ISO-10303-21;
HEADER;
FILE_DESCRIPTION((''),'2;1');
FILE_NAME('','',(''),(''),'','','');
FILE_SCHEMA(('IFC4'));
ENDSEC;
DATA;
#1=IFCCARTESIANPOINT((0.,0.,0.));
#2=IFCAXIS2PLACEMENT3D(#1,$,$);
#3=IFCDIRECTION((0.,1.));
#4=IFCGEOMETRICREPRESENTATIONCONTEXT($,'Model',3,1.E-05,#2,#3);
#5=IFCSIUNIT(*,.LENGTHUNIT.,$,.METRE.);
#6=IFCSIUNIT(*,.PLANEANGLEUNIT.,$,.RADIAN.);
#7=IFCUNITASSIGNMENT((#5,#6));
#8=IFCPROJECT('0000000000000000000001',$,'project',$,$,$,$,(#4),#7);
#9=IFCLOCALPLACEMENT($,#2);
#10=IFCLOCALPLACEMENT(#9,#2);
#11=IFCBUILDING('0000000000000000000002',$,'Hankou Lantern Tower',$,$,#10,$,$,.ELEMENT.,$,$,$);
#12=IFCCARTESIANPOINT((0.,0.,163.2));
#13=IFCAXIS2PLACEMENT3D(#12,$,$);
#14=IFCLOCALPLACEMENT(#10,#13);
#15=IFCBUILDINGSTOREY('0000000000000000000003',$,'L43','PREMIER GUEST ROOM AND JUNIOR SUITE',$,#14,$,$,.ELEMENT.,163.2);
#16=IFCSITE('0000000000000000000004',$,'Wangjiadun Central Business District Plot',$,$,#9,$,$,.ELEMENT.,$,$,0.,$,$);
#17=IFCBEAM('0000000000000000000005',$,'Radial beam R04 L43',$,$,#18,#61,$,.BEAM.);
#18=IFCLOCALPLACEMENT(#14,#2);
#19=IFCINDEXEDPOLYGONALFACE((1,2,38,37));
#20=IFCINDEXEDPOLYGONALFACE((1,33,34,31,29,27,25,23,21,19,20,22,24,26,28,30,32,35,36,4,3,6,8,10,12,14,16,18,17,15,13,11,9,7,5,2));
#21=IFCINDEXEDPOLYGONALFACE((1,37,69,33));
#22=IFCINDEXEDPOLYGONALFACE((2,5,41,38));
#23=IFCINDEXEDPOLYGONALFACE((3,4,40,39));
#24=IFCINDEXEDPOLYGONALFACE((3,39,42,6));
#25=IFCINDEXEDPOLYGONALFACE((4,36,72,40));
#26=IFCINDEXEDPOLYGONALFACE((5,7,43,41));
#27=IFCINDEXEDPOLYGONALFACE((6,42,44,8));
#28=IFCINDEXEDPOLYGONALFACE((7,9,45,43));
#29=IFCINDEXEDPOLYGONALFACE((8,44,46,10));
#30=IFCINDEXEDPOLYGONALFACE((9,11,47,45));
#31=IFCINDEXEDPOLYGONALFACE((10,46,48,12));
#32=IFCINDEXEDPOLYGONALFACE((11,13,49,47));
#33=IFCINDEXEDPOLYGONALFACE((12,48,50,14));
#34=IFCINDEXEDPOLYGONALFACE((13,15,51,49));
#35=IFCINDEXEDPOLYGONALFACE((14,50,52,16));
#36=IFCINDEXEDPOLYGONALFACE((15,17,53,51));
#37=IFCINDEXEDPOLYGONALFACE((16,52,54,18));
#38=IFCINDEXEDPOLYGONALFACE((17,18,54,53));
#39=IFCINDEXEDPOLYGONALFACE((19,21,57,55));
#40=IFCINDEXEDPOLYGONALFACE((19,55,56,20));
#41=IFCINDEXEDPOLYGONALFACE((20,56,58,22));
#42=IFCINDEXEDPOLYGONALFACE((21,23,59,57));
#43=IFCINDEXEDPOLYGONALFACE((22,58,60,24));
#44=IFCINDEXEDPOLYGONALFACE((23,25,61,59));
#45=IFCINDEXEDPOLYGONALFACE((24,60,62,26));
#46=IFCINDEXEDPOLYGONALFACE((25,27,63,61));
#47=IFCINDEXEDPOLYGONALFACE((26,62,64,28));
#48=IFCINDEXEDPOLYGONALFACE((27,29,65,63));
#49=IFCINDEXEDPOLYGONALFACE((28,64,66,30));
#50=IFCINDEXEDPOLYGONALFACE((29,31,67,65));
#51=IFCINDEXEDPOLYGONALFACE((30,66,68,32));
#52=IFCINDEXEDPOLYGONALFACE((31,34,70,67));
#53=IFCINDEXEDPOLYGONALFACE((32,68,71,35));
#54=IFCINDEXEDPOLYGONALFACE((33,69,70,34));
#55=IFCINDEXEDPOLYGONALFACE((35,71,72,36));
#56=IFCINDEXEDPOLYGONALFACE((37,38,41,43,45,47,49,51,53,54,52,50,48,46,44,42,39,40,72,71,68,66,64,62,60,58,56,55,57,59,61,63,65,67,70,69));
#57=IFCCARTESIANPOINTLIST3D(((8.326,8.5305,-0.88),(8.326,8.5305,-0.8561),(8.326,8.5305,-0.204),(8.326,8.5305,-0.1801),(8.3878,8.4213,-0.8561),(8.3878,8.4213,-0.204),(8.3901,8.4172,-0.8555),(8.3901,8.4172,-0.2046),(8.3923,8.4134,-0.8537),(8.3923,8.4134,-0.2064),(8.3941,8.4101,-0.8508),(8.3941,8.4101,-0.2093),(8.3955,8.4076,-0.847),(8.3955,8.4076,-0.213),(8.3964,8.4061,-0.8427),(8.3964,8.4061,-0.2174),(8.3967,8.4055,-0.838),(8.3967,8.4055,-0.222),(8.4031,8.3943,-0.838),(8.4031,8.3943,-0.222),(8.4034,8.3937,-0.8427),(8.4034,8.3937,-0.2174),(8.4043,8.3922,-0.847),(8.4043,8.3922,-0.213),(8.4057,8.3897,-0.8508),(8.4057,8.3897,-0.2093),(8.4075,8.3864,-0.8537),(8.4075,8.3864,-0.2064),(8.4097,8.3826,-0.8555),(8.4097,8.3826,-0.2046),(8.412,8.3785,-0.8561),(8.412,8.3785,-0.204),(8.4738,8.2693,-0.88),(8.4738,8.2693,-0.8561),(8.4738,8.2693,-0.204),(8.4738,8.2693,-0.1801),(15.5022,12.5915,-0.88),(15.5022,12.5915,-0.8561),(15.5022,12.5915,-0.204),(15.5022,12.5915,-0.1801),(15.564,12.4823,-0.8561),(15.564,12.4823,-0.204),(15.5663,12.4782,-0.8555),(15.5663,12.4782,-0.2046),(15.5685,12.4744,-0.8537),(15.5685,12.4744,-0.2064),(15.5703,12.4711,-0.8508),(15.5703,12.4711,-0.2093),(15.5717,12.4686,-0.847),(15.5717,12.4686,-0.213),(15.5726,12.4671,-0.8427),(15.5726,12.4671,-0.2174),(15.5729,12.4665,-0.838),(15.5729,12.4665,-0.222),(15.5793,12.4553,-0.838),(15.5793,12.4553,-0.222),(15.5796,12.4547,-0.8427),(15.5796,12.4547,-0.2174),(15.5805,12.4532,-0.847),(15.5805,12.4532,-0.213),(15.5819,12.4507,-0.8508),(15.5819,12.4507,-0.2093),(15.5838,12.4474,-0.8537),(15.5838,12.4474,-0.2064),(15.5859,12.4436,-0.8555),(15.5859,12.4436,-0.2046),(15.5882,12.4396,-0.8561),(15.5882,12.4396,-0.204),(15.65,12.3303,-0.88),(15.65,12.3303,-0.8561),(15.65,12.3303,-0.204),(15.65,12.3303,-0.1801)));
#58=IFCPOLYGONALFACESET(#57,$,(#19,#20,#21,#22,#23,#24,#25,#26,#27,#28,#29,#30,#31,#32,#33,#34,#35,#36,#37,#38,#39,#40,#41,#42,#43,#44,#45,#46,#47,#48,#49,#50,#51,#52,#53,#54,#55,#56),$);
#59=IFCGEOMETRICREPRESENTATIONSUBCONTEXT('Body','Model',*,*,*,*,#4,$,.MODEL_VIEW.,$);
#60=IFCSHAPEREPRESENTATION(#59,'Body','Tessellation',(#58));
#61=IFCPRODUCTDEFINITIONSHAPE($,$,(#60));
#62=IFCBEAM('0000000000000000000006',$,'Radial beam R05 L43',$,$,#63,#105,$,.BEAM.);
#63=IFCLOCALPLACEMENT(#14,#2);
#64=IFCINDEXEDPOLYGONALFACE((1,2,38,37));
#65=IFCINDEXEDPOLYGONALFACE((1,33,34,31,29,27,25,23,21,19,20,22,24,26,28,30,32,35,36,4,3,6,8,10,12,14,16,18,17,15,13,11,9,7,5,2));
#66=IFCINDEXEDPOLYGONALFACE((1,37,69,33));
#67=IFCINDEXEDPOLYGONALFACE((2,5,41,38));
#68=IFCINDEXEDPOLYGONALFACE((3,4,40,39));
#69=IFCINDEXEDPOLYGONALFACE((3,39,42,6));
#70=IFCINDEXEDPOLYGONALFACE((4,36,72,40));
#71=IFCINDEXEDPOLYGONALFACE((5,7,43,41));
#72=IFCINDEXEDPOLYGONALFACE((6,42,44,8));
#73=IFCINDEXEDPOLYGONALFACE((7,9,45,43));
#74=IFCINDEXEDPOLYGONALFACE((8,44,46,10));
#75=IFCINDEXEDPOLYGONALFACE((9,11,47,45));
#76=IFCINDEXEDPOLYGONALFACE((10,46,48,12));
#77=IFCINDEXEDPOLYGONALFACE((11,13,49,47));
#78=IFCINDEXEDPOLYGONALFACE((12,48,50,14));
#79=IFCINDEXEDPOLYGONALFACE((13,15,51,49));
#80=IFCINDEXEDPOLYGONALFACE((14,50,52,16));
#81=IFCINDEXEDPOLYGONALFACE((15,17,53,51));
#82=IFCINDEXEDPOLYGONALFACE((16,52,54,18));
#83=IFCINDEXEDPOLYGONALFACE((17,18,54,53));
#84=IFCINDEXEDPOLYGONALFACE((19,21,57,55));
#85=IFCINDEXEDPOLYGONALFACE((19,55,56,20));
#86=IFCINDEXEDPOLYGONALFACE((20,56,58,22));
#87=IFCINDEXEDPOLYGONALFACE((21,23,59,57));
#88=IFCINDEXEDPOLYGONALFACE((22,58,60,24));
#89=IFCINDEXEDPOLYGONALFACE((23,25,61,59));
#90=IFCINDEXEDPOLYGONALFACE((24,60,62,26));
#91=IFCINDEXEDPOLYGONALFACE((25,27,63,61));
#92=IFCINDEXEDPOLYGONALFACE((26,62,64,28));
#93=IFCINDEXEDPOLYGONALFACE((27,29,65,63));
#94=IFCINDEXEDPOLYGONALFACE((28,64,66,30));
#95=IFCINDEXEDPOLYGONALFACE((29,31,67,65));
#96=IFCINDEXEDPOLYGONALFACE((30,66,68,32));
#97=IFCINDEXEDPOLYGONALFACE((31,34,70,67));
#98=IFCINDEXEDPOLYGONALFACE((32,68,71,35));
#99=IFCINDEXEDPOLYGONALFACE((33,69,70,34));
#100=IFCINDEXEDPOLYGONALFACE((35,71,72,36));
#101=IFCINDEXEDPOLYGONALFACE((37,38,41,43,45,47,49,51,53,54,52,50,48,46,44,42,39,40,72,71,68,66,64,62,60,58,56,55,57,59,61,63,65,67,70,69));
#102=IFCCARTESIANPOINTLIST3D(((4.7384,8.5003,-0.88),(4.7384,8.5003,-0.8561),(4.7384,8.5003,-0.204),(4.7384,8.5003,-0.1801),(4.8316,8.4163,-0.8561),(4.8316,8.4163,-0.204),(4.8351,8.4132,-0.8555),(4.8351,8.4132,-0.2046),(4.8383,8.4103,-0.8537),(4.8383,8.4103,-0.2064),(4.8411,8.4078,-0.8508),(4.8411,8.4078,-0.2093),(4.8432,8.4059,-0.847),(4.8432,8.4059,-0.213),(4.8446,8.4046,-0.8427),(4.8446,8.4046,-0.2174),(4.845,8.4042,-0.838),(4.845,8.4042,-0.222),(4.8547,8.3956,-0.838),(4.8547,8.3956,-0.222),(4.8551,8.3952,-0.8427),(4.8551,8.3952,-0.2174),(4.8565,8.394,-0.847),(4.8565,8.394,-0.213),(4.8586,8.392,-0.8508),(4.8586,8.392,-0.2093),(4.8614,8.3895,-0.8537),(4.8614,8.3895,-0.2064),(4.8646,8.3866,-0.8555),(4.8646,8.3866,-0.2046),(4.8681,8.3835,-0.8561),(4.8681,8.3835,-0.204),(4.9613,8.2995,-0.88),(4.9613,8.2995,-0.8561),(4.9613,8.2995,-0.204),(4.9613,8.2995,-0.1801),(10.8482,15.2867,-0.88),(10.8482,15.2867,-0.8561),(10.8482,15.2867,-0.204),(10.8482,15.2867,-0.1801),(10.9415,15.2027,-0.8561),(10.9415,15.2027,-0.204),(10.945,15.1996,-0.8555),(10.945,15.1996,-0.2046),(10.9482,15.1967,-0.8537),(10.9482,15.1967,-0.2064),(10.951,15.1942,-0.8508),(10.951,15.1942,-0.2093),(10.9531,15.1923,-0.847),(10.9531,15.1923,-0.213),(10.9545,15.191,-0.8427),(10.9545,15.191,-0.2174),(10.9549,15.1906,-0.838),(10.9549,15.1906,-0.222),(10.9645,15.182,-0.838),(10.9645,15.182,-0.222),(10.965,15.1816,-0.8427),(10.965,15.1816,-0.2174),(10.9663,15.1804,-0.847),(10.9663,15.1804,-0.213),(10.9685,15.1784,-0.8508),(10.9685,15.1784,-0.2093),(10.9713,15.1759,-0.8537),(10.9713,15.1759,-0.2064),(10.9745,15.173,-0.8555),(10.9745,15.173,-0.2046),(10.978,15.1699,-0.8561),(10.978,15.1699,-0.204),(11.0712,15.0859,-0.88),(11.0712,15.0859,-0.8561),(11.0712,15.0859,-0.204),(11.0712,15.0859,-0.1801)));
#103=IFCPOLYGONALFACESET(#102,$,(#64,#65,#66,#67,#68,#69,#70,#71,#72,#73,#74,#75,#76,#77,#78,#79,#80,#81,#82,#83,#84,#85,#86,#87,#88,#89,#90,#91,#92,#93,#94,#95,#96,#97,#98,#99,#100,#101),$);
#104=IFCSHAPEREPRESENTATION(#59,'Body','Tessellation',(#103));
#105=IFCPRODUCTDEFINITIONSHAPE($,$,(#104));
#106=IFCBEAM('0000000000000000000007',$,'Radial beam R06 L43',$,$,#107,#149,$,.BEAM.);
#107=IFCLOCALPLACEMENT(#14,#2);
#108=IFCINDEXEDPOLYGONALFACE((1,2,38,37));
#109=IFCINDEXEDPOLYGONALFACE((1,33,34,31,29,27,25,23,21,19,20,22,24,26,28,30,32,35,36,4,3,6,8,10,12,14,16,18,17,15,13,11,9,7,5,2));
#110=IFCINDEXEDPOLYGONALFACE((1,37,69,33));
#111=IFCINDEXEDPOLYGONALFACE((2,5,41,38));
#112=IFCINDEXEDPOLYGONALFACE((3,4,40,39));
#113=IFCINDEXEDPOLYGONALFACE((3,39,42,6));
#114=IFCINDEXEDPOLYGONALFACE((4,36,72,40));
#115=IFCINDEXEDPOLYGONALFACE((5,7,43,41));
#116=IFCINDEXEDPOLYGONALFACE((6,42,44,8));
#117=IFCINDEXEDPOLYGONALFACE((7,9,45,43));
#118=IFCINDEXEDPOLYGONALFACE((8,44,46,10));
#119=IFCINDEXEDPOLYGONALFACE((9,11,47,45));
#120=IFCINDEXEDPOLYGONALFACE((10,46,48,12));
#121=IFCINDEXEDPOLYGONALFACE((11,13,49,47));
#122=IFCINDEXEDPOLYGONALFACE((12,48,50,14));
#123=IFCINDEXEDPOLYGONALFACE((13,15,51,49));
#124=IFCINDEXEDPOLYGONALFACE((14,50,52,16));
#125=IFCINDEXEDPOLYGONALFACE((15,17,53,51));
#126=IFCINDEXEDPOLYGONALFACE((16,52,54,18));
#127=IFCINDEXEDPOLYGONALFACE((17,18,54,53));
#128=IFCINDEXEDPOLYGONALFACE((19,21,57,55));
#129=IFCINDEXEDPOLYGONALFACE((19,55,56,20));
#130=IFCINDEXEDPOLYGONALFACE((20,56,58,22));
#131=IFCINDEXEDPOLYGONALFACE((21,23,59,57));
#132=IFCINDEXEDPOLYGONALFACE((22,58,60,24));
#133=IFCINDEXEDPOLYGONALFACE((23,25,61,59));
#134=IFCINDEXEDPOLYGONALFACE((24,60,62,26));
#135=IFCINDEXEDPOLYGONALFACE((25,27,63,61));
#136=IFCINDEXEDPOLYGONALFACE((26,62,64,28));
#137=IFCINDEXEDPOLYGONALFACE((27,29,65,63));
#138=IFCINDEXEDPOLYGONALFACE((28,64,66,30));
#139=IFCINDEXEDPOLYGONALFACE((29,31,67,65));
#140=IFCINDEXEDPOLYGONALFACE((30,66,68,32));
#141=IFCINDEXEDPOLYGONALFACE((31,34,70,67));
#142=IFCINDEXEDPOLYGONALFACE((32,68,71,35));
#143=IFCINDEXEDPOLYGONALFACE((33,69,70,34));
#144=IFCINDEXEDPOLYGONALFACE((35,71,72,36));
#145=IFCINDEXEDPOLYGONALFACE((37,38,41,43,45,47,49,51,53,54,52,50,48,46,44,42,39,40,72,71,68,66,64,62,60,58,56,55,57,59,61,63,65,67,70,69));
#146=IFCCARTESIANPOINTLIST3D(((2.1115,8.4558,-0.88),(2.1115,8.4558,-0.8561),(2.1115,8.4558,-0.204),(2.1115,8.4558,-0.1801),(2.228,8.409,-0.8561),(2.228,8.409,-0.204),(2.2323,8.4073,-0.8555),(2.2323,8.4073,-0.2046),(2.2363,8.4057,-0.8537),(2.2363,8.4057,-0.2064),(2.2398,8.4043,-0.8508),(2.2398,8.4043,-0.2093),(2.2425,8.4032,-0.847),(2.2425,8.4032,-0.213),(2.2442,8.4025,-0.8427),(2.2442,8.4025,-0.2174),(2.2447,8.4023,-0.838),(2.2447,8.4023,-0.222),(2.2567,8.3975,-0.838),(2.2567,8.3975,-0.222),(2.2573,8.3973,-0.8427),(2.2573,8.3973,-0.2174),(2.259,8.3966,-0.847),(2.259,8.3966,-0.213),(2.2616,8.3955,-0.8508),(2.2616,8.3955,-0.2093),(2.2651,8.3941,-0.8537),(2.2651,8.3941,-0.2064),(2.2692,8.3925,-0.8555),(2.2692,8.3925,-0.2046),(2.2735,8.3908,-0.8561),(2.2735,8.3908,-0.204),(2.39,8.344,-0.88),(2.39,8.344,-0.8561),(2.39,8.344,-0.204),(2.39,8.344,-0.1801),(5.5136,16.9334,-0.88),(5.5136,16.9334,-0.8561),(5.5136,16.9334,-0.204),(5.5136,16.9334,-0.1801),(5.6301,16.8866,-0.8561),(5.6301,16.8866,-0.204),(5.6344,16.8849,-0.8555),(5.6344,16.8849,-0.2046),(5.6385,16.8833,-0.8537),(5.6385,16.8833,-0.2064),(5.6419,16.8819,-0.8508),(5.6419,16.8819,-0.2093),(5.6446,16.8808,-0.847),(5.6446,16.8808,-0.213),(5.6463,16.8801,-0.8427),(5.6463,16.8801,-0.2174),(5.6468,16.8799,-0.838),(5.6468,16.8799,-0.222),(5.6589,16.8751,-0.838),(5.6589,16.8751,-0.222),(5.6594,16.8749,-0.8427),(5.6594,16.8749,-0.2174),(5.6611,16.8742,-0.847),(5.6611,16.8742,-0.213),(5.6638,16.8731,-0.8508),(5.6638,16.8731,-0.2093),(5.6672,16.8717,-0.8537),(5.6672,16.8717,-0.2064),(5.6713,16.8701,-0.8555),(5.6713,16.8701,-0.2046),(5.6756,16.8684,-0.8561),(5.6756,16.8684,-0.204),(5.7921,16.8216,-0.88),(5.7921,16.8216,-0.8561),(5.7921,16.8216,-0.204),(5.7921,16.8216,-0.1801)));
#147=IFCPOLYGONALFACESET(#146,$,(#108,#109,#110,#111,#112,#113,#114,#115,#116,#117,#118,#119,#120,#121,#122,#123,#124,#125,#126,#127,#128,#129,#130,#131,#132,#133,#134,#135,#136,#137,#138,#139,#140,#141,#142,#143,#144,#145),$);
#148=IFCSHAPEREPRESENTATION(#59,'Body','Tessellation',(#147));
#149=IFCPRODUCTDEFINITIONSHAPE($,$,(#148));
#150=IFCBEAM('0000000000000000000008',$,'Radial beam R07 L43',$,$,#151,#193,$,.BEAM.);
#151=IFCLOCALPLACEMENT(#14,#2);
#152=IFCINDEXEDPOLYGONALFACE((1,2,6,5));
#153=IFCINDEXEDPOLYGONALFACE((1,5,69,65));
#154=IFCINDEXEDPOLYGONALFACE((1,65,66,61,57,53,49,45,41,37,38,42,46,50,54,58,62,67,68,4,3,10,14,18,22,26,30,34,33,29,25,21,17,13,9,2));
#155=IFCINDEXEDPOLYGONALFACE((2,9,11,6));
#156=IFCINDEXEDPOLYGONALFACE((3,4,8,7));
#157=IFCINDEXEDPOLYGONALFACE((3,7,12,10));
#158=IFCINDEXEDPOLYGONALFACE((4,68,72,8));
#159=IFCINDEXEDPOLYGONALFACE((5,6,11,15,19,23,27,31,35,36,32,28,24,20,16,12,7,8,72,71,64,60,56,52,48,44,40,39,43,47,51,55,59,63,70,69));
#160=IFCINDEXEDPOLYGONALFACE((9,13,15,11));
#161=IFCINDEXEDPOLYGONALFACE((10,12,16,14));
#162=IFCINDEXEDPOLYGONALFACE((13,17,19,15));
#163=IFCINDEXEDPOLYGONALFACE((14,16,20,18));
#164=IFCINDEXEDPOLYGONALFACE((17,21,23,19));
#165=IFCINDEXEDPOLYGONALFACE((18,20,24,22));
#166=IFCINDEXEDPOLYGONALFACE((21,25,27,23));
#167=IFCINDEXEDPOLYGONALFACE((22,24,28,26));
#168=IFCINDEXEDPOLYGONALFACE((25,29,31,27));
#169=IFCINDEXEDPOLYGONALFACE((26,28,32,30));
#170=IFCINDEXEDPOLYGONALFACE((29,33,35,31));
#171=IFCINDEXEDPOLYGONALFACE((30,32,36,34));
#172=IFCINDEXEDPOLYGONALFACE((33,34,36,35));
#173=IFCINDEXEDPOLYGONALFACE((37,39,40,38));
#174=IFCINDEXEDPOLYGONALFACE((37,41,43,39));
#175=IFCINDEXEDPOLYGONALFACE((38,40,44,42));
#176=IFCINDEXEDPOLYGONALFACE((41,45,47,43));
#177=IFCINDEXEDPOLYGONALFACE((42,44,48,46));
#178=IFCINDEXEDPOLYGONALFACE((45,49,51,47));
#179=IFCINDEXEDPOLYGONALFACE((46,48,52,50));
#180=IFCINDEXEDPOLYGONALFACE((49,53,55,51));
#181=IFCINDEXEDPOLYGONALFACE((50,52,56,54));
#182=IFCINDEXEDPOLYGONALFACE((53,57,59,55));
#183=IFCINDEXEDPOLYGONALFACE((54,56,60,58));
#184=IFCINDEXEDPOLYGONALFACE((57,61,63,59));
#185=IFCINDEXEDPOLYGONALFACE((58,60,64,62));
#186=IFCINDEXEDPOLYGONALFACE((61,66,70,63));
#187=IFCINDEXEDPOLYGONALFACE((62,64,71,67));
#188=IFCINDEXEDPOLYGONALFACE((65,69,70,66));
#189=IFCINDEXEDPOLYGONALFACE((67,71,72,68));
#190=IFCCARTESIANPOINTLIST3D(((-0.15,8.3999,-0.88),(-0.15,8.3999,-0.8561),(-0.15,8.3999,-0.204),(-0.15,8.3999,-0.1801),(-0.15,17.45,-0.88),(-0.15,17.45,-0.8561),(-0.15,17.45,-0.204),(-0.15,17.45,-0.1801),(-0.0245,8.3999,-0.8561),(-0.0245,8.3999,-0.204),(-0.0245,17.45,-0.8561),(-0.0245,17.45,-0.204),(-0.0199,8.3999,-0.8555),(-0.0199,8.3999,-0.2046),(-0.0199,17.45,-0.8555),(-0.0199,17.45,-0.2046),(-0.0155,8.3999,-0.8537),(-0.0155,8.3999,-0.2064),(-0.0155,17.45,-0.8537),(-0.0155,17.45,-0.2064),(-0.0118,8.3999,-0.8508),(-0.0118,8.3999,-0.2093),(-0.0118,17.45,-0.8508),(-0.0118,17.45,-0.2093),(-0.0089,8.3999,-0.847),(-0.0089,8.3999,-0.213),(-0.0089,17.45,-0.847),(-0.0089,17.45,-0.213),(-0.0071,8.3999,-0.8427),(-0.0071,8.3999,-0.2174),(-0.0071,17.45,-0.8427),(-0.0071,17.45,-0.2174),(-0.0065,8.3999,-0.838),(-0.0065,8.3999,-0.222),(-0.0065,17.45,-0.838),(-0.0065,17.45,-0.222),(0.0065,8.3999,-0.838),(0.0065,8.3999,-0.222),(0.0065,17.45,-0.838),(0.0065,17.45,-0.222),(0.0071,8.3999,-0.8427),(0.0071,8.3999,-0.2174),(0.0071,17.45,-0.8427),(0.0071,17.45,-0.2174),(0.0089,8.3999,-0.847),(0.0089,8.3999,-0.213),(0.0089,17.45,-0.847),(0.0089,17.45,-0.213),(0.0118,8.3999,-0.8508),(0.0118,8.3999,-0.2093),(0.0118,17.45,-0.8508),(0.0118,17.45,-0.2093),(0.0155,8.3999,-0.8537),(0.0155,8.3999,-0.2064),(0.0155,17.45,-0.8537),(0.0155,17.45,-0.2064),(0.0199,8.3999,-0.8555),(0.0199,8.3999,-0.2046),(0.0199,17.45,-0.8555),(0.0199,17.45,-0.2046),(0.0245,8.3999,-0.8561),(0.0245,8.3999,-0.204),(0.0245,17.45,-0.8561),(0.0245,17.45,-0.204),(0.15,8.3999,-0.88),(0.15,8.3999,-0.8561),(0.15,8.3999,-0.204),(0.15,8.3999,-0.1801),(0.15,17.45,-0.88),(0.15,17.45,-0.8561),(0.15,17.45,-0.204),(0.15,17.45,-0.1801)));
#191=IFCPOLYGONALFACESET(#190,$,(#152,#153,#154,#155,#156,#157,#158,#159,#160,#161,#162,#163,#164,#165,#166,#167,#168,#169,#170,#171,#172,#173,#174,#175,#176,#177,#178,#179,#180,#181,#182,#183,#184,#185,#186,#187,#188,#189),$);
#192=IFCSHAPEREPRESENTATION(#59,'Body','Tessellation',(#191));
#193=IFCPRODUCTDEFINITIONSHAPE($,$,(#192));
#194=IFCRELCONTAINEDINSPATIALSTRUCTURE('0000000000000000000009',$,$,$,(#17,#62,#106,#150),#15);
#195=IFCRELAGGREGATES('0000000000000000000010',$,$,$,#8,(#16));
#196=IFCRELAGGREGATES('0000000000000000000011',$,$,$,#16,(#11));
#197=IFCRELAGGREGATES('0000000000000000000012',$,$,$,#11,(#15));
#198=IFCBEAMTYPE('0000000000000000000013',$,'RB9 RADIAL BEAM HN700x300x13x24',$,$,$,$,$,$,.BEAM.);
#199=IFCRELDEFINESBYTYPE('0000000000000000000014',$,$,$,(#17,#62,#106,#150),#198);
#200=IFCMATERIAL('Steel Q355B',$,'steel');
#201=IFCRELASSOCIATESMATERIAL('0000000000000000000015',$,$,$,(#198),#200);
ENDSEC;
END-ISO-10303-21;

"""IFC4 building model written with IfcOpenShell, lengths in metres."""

from ifc_helpers import new_model, si_unit, direction, frame, origin, origin_2d, place, context, subcontext, project, spatial, i_section, extrude, material, material_profile, profile_set, type_object, element, save


model = new_model("IFC4")

# Units and contexts
model_context = context("Model", 3, precision=1e-05, world=origin(), true_north=direction((0.0, 1.0)))
body_context = subcontext(model_context, "Body", "Model", "MODEL_VIEW")
ifc_project = project(units=[si_unit("LENGTHUNIT", "METRE"), si_unit("PLANEANGLEUNIT", "RADIAN")], contexts=[model_context])

# Site, building, storey
site_placement = place(None, origin())
site = spatial("IfcSite", under=ifc_project, at=site_placement, Name="Wangjiadun Central Business District Plot", CompositionType="ELEMENT", RefElevation=0.0)
building_placement = place(site_placement, origin())
building = spatial("IfcBuilding", under=site, at=building_placement, Name="Hankou Lantern Tower", CompositionType="ELEMENT")
storey_placement = place(building_placement, frame((0.0, 0.0, 163.2)))
storey = spatial("IfcBuildingStorey", under=building, at=storey_placement, Name="L43", Description="PREMIER GUEST ROOM AND JUNIOR SUITE", CompositionType="ELEMENT", Elevation=163.2)

# Beams
ifc_material_1 = material(Name="Steel Q355B", Category="steel")
ifc_material_profile_1 = material_profile(ifc_material_1, i_section(OverallWidth=0.3, OverallDepth=0.7, WebThickness=0.0129, FlangeThickness=0.0239, FilletRadius=0.0181, at=origin_2d()), Name="HN700x300x13x24")
ifc_profile_set_1 = profile_set([ifc_material_profile_1], Name="Steel Q355B")
beam_type_1 = type_object("IfcBeamType", Name="RB9 RADIAL BEAM HN700x300x13x24", PredefinedType="BEAM", material=ifc_profile_set_1)
beam_1_placement = place(storey_placement, frame((8.3999, 8.3999, -0.53), z_axis=(0.870309, 0.492506, 0.0), x_axis=(-0.492506, 0.870309, 0.0)))
element("IfcBeam", 1, at=beam_1_placement, inside=storey, type_object=beam_type_1, Name="Radial beam R04 L43", PredefinedType="BEAM", context=body_context, shape_type="SweptSolid", body=[
    extrude(i_section(OverallWidth=0.3, OverallDepth=0.7, WebThickness=0.0129, FlangeThickness=0.0239, FilletRadius=0.0181, at=origin_2d()), origin(), (0.0, 0.0, 1.0), 8.2456),
])
beam_2_placement = place(storey_placement, frame((4.8499, 8.3999, -0.53), z_axis=(0.669093, 0.743178, 0.0), x_axis=(-0.743178, 0.669093, 0.0)))
element("IfcBeam", 2, at=beam_2_placement, inside=storey, type_object=beam_type_1, Name="Radial beam R05 L43", PredefinedType="BEAM", context=body_context, shape_type="SweptSolid", body=[
    extrude(i_section(OverallWidth=0.3, OverallDepth=0.7, WebThickness=0.0129, FlangeThickness=0.0239, FilletRadius=0.0181, at=origin_2d()), origin(), (0.0, 0.0, 1.0), 9.1316),
])
beam_3_placement = place(storey_placement, frame((2.2507, 8.3999, -0.53), z_axis=(0.372436, 0.928058, 0.0), x_axis=(-0.928058, 0.372436, 0.0)))
element("IfcBeam", 3, at=beam_3_placement, inside=storey, type_object=beam_type_1, Name="Radial beam R06 L43", PredefinedType="BEAM", context=body_context, shape_type="SweptSolid", body=[
    extrude(i_section(OverallWidth=0.3, OverallDepth=0.7, WebThickness=0.0129, FlangeThickness=0.0239, FilletRadius=0.0181, at=origin_2d()), origin(), (0.0, 0.0, 1.0), 9.1348),
])
beam_4_placement = place(storey_placement, frame((0.0, 8.3999, -0.53), z_axis=(0.0, 1.0, 0.0), x_axis=(-1.0, 0.0, 0.0)))
element("IfcBeam", 4, at=beam_4_placement, inside=storey, type_object=beam_type_1, Name="Radial beam R07 L43", PredefinedType="BEAM", context=body_context, shape_type="SweptSolid", body=[
    extrude(i_section(OverallWidth=0.3, OverallDepth=0.7, WebThickness=0.0129, FlangeThickness=0.0239, FilletRadius=0.0181, at=origin_2d()), origin(), (0.0, 0.0, 1.0), 9.05),
])

save(model, "model.ifc")
